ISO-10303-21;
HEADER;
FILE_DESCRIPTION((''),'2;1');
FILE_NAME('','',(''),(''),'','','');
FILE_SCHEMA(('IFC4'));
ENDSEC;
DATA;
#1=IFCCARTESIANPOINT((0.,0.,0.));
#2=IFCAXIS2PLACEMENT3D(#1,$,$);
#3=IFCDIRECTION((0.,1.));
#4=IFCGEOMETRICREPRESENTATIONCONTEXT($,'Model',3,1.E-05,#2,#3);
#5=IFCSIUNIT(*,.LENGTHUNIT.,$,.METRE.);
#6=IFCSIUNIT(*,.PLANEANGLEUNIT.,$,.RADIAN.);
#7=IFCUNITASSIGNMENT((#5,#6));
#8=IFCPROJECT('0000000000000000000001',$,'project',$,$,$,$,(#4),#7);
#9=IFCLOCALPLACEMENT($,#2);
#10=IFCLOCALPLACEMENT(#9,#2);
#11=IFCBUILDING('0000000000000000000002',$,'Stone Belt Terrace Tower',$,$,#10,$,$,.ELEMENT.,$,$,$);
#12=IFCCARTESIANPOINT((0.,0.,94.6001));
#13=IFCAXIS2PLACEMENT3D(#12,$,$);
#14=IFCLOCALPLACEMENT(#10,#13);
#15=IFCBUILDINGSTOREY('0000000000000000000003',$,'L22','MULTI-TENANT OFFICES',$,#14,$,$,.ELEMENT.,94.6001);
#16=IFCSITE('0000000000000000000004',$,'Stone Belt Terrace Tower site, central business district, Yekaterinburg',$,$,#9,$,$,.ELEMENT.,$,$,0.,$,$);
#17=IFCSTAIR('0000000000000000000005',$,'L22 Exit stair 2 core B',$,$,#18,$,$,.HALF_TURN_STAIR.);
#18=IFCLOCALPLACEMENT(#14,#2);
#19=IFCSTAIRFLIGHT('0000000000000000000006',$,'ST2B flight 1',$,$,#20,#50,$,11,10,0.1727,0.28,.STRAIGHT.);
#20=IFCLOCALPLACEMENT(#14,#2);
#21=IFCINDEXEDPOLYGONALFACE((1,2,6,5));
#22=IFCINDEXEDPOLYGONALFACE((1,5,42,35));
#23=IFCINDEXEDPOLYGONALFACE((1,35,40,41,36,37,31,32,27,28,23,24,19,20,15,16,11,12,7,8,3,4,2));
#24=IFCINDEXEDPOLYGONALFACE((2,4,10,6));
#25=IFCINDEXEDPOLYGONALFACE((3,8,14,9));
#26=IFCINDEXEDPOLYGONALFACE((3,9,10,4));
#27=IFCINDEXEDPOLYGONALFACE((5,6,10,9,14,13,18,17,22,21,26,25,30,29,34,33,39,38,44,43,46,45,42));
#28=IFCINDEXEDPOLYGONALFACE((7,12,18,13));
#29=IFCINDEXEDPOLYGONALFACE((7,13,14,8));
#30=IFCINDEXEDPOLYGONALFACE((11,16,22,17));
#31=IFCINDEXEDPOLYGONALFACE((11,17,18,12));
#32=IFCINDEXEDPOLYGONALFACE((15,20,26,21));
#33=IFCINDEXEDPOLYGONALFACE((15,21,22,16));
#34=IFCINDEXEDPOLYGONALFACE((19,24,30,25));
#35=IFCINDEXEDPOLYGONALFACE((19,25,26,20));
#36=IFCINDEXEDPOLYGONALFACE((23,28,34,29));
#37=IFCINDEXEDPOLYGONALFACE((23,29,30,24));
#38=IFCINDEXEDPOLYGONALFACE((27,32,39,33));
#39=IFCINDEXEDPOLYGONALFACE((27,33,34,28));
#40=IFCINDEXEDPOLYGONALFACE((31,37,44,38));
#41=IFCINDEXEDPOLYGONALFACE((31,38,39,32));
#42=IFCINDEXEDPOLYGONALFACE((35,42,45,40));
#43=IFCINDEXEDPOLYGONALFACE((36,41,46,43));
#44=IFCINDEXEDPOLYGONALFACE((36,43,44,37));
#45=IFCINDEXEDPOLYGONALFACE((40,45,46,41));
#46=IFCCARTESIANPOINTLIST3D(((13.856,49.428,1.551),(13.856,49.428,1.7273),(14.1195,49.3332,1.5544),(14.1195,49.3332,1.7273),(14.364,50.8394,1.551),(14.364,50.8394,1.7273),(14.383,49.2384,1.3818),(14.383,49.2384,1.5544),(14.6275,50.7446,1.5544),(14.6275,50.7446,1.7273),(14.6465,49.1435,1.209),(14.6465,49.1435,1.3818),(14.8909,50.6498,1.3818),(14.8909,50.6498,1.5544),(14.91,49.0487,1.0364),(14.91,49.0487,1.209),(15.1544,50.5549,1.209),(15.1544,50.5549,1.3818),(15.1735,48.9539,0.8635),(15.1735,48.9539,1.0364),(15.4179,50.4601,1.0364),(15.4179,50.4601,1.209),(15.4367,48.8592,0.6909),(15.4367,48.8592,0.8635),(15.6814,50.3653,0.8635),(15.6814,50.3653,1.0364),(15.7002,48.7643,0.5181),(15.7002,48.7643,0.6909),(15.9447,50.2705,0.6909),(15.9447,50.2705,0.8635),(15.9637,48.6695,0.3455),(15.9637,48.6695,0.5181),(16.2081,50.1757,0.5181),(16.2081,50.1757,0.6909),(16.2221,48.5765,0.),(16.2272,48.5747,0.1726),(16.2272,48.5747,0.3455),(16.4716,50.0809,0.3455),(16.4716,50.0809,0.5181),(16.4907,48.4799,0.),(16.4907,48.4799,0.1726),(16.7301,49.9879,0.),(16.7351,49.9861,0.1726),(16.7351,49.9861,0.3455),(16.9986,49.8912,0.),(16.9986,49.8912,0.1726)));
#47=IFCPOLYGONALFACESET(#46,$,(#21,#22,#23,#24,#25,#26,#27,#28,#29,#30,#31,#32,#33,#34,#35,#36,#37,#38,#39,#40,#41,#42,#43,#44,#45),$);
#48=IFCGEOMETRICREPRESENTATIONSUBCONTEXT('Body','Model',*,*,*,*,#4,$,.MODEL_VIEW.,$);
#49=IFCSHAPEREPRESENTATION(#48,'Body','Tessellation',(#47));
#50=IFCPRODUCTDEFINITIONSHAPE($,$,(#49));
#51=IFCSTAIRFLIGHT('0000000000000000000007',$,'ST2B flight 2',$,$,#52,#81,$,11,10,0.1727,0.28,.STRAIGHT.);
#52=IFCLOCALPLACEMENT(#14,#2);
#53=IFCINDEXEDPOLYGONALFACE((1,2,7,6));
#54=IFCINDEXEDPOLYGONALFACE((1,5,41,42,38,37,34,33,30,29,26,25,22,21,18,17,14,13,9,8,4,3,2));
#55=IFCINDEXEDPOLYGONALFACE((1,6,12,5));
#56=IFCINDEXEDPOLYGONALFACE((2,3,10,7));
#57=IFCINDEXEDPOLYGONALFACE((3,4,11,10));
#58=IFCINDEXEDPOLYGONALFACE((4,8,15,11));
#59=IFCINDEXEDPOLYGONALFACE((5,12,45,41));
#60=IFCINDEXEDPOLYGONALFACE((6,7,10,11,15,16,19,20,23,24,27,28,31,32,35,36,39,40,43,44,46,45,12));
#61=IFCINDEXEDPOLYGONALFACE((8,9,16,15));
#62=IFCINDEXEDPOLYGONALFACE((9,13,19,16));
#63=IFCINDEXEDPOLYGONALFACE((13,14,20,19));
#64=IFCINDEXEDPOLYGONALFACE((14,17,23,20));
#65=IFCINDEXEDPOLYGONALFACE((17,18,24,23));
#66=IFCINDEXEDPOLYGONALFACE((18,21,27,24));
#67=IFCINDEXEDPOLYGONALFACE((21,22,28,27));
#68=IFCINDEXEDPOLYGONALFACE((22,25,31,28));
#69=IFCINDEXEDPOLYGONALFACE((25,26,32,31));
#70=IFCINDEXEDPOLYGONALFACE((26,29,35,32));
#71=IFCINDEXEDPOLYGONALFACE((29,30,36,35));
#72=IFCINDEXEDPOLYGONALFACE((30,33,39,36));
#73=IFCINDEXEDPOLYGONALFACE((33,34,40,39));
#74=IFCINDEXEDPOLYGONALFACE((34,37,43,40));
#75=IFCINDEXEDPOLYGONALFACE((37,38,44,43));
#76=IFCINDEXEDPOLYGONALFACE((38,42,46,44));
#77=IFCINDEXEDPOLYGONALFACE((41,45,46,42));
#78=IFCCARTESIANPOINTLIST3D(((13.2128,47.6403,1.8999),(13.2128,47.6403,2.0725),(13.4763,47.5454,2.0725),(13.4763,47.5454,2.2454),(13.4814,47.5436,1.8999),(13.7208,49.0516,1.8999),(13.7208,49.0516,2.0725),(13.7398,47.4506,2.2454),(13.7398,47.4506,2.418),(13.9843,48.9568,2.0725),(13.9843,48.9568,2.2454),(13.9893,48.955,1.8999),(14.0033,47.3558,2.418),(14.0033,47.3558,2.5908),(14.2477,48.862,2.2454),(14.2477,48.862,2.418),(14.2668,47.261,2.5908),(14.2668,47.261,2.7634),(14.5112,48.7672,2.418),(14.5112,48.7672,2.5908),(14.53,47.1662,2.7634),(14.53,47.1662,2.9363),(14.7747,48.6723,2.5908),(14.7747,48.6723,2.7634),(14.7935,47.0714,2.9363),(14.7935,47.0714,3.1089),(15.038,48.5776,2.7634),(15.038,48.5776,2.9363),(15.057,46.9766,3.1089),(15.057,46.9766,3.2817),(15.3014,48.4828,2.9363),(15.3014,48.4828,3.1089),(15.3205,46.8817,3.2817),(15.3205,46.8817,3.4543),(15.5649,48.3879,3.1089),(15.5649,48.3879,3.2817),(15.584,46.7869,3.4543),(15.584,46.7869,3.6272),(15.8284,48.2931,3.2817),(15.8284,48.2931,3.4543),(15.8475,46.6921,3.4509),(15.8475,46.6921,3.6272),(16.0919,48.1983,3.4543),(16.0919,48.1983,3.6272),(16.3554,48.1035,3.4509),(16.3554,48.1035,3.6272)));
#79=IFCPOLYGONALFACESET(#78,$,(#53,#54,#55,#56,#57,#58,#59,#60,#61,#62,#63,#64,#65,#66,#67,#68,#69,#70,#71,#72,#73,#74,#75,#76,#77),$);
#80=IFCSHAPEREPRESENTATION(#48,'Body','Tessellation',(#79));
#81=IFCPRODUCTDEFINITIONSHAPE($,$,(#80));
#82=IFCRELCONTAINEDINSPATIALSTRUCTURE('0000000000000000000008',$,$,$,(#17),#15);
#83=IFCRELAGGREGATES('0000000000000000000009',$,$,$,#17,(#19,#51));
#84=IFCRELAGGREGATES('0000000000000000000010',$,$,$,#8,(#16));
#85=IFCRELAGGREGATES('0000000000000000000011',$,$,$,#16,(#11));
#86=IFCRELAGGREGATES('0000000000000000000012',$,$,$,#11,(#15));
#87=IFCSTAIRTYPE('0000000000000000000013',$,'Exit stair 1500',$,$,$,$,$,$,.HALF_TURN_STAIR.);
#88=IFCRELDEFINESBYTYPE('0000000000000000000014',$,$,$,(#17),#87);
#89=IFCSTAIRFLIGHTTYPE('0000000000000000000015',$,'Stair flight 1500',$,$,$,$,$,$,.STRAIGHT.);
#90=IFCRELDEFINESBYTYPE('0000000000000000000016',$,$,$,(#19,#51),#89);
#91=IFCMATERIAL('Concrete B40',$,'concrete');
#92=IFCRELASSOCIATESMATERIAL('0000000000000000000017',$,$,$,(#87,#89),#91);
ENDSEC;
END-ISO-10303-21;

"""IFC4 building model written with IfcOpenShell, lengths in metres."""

from ifc_helpers import new_model, si_unit, direction, frame, origin, place, context, subcontext, project, spatial, polyline, outline, extrude, material, type_object, element, aggregate, save


model = new_model("IFC4")

# Units and contexts
model_context = context("Model", 3, precision=1e-05, world=origin(), true_north=direction((0.0, 1.0)))
body_context = subcontext(model_context, "Body", "Model", "MODEL_VIEW")
ifc_project = project(units=[si_unit("LENGTHUNIT", "METRE"), si_unit("PLANEANGLEUNIT", "RADIAN")], contexts=[model_context])

# Site, building, storey
site_placement = place(None, origin())
site = spatial("IfcSite", under=ifc_project, at=site_placement, Name="Stone Belt Terrace Tower site, central business district, Yekaterinburg", CompositionType="ELEMENT", RefElevation=0.0)
building_placement = place(site_placement, origin())
building = spatial("IfcBuilding", under=site, at=building_placement, Name="Stone Belt Terrace Tower", CompositionType="ELEMENT")
storey_placement = place(building_placement, frame((0.0, 0.0, 94.6001)))
storey = spatial("IfcBuildingStorey", under=building, at=storey_placement, Name="L22", Description="MULTI-TENANT OFFICES", CompositionType="ELEMENT", Elevation=94.6001)

# Stair, stair flights
ifc_material_1 = material(Name="Concrete B40", Category="concrete")
stair_type = type_object("IfcStairType", Name="Exit stair 1500", PredefinedType="HALF_TURN_STAIR", material=ifc_material_1)
stair_placement = place(storey_placement, origin())
stair = element("IfcStair", 1, at=stair_placement, inside=storey, type_object=stair_type, Name="L22 Exit stair 2 core B", PredefinedType="HALF_TURN_STAIR")
stair_flight_type = type_object("IfcStairFlightType", Name="Stair flight 1500", PredefinedType="STRAIGHT", material=ifc_material_1)
stair_flight_1_placement = place(storey_placement, frame((16.7446, 49.1855, 0.0), z_axis=(0.0, 0.0, 1.0), x_axis=(-0.940922, 0.338624, 0.0)))
stair_flight_1 = element("IfcStairFlight", 2, at=stair_flight_1_placement, type_object=stair_flight_type, Name="ST2B flight 1", NumberOfRisers=11, NumberOfTreads=10, PredefinedType="STRAIGHT", RiserHeight=0.1727, TreadLength=0.28, context=body_context, shape_type="SweptSolid", body=[
    extrude(outline(polyline([(0.0, 0.0), (0.0, 0.1726), (0.28, 0.1726), (0.28, 0.3455), (0.5601, 0.3455), (0.5601, 0.5181), (0.8401, 0.5181), (0.8401, 0.6909), (1.1201, 0.6909), (1.1201, 0.8635), (1.3999, 0.8635), (1.3999, 1.0364), (1.6799, 1.0364), (1.6799, 1.209), (1.96, 1.209), (1.96, 1.3818), (2.24, 1.3818), (2.24, 1.5544), (2.52, 1.5544), (2.52, 1.7273), (2.8, 1.7273), (2.8, 1.8999), (2.8, 1.551), (0.2854, 0.0), (0.0, 0.0)])), frame((0.0, 0.75, 0.0), z_axis=(0.0, -1.0, 0.0), x_axis=(1.0, 0.0, 0.0)), (0.0, 0.0, 1.0), 1.5),
])
stair_flight_2_placement = place(storey_placement, frame((13.4668, 48.3459, 1.8999), z_axis=(0.0, 0.0, 1.0), x_axis=(0.940922, -0.338624, 0.0)))
stair_flight_2 = element("IfcStairFlight", 3, at=stair_flight_2_placement, type_object=stair_flight_type, Name="ST2B flight 2", NumberOfRisers=11, NumberOfTreads=10, PredefinedType="STRAIGHT", RiserHeight=0.1727, TreadLength=0.28, context=body_context, shape_type="SweptSolid", body=[
    extrude(outline(polyline([(0.0, 0.0), (0.0, 0.1726), (0.28, 0.1726), (0.28, 0.3455), (0.5601, 0.3455), (0.5601, 0.5181), (0.8401, 0.5181), (0.8401, 0.6909), (1.1201, 0.6909), (1.1201, 0.8635), (1.3999, 0.8635), (1.3999, 1.0364), (1.6799, 1.0364), (1.6799, 1.209), (1.96, 1.209), (1.96, 1.3818), (2.24, 1.3818), (2.24, 1.5544), (2.52, 1.5544), (2.52, 1.7273), (2.8, 1.7273), (2.8, 1.8999), (2.8, 1.551), (0.2854, 0.0), (0.0, 0.0)])), frame((0.0, 0.75, 0.0), z_axis=(0.0, -1.0, 0.0), x_axis=(1.0, 0.0, 0.0)), (0.0, 0.0, 1.0), 1.5),
])
aggregate(stair, [stair_flight_1, stair_flight_2])

save(model, "model.ifc")
